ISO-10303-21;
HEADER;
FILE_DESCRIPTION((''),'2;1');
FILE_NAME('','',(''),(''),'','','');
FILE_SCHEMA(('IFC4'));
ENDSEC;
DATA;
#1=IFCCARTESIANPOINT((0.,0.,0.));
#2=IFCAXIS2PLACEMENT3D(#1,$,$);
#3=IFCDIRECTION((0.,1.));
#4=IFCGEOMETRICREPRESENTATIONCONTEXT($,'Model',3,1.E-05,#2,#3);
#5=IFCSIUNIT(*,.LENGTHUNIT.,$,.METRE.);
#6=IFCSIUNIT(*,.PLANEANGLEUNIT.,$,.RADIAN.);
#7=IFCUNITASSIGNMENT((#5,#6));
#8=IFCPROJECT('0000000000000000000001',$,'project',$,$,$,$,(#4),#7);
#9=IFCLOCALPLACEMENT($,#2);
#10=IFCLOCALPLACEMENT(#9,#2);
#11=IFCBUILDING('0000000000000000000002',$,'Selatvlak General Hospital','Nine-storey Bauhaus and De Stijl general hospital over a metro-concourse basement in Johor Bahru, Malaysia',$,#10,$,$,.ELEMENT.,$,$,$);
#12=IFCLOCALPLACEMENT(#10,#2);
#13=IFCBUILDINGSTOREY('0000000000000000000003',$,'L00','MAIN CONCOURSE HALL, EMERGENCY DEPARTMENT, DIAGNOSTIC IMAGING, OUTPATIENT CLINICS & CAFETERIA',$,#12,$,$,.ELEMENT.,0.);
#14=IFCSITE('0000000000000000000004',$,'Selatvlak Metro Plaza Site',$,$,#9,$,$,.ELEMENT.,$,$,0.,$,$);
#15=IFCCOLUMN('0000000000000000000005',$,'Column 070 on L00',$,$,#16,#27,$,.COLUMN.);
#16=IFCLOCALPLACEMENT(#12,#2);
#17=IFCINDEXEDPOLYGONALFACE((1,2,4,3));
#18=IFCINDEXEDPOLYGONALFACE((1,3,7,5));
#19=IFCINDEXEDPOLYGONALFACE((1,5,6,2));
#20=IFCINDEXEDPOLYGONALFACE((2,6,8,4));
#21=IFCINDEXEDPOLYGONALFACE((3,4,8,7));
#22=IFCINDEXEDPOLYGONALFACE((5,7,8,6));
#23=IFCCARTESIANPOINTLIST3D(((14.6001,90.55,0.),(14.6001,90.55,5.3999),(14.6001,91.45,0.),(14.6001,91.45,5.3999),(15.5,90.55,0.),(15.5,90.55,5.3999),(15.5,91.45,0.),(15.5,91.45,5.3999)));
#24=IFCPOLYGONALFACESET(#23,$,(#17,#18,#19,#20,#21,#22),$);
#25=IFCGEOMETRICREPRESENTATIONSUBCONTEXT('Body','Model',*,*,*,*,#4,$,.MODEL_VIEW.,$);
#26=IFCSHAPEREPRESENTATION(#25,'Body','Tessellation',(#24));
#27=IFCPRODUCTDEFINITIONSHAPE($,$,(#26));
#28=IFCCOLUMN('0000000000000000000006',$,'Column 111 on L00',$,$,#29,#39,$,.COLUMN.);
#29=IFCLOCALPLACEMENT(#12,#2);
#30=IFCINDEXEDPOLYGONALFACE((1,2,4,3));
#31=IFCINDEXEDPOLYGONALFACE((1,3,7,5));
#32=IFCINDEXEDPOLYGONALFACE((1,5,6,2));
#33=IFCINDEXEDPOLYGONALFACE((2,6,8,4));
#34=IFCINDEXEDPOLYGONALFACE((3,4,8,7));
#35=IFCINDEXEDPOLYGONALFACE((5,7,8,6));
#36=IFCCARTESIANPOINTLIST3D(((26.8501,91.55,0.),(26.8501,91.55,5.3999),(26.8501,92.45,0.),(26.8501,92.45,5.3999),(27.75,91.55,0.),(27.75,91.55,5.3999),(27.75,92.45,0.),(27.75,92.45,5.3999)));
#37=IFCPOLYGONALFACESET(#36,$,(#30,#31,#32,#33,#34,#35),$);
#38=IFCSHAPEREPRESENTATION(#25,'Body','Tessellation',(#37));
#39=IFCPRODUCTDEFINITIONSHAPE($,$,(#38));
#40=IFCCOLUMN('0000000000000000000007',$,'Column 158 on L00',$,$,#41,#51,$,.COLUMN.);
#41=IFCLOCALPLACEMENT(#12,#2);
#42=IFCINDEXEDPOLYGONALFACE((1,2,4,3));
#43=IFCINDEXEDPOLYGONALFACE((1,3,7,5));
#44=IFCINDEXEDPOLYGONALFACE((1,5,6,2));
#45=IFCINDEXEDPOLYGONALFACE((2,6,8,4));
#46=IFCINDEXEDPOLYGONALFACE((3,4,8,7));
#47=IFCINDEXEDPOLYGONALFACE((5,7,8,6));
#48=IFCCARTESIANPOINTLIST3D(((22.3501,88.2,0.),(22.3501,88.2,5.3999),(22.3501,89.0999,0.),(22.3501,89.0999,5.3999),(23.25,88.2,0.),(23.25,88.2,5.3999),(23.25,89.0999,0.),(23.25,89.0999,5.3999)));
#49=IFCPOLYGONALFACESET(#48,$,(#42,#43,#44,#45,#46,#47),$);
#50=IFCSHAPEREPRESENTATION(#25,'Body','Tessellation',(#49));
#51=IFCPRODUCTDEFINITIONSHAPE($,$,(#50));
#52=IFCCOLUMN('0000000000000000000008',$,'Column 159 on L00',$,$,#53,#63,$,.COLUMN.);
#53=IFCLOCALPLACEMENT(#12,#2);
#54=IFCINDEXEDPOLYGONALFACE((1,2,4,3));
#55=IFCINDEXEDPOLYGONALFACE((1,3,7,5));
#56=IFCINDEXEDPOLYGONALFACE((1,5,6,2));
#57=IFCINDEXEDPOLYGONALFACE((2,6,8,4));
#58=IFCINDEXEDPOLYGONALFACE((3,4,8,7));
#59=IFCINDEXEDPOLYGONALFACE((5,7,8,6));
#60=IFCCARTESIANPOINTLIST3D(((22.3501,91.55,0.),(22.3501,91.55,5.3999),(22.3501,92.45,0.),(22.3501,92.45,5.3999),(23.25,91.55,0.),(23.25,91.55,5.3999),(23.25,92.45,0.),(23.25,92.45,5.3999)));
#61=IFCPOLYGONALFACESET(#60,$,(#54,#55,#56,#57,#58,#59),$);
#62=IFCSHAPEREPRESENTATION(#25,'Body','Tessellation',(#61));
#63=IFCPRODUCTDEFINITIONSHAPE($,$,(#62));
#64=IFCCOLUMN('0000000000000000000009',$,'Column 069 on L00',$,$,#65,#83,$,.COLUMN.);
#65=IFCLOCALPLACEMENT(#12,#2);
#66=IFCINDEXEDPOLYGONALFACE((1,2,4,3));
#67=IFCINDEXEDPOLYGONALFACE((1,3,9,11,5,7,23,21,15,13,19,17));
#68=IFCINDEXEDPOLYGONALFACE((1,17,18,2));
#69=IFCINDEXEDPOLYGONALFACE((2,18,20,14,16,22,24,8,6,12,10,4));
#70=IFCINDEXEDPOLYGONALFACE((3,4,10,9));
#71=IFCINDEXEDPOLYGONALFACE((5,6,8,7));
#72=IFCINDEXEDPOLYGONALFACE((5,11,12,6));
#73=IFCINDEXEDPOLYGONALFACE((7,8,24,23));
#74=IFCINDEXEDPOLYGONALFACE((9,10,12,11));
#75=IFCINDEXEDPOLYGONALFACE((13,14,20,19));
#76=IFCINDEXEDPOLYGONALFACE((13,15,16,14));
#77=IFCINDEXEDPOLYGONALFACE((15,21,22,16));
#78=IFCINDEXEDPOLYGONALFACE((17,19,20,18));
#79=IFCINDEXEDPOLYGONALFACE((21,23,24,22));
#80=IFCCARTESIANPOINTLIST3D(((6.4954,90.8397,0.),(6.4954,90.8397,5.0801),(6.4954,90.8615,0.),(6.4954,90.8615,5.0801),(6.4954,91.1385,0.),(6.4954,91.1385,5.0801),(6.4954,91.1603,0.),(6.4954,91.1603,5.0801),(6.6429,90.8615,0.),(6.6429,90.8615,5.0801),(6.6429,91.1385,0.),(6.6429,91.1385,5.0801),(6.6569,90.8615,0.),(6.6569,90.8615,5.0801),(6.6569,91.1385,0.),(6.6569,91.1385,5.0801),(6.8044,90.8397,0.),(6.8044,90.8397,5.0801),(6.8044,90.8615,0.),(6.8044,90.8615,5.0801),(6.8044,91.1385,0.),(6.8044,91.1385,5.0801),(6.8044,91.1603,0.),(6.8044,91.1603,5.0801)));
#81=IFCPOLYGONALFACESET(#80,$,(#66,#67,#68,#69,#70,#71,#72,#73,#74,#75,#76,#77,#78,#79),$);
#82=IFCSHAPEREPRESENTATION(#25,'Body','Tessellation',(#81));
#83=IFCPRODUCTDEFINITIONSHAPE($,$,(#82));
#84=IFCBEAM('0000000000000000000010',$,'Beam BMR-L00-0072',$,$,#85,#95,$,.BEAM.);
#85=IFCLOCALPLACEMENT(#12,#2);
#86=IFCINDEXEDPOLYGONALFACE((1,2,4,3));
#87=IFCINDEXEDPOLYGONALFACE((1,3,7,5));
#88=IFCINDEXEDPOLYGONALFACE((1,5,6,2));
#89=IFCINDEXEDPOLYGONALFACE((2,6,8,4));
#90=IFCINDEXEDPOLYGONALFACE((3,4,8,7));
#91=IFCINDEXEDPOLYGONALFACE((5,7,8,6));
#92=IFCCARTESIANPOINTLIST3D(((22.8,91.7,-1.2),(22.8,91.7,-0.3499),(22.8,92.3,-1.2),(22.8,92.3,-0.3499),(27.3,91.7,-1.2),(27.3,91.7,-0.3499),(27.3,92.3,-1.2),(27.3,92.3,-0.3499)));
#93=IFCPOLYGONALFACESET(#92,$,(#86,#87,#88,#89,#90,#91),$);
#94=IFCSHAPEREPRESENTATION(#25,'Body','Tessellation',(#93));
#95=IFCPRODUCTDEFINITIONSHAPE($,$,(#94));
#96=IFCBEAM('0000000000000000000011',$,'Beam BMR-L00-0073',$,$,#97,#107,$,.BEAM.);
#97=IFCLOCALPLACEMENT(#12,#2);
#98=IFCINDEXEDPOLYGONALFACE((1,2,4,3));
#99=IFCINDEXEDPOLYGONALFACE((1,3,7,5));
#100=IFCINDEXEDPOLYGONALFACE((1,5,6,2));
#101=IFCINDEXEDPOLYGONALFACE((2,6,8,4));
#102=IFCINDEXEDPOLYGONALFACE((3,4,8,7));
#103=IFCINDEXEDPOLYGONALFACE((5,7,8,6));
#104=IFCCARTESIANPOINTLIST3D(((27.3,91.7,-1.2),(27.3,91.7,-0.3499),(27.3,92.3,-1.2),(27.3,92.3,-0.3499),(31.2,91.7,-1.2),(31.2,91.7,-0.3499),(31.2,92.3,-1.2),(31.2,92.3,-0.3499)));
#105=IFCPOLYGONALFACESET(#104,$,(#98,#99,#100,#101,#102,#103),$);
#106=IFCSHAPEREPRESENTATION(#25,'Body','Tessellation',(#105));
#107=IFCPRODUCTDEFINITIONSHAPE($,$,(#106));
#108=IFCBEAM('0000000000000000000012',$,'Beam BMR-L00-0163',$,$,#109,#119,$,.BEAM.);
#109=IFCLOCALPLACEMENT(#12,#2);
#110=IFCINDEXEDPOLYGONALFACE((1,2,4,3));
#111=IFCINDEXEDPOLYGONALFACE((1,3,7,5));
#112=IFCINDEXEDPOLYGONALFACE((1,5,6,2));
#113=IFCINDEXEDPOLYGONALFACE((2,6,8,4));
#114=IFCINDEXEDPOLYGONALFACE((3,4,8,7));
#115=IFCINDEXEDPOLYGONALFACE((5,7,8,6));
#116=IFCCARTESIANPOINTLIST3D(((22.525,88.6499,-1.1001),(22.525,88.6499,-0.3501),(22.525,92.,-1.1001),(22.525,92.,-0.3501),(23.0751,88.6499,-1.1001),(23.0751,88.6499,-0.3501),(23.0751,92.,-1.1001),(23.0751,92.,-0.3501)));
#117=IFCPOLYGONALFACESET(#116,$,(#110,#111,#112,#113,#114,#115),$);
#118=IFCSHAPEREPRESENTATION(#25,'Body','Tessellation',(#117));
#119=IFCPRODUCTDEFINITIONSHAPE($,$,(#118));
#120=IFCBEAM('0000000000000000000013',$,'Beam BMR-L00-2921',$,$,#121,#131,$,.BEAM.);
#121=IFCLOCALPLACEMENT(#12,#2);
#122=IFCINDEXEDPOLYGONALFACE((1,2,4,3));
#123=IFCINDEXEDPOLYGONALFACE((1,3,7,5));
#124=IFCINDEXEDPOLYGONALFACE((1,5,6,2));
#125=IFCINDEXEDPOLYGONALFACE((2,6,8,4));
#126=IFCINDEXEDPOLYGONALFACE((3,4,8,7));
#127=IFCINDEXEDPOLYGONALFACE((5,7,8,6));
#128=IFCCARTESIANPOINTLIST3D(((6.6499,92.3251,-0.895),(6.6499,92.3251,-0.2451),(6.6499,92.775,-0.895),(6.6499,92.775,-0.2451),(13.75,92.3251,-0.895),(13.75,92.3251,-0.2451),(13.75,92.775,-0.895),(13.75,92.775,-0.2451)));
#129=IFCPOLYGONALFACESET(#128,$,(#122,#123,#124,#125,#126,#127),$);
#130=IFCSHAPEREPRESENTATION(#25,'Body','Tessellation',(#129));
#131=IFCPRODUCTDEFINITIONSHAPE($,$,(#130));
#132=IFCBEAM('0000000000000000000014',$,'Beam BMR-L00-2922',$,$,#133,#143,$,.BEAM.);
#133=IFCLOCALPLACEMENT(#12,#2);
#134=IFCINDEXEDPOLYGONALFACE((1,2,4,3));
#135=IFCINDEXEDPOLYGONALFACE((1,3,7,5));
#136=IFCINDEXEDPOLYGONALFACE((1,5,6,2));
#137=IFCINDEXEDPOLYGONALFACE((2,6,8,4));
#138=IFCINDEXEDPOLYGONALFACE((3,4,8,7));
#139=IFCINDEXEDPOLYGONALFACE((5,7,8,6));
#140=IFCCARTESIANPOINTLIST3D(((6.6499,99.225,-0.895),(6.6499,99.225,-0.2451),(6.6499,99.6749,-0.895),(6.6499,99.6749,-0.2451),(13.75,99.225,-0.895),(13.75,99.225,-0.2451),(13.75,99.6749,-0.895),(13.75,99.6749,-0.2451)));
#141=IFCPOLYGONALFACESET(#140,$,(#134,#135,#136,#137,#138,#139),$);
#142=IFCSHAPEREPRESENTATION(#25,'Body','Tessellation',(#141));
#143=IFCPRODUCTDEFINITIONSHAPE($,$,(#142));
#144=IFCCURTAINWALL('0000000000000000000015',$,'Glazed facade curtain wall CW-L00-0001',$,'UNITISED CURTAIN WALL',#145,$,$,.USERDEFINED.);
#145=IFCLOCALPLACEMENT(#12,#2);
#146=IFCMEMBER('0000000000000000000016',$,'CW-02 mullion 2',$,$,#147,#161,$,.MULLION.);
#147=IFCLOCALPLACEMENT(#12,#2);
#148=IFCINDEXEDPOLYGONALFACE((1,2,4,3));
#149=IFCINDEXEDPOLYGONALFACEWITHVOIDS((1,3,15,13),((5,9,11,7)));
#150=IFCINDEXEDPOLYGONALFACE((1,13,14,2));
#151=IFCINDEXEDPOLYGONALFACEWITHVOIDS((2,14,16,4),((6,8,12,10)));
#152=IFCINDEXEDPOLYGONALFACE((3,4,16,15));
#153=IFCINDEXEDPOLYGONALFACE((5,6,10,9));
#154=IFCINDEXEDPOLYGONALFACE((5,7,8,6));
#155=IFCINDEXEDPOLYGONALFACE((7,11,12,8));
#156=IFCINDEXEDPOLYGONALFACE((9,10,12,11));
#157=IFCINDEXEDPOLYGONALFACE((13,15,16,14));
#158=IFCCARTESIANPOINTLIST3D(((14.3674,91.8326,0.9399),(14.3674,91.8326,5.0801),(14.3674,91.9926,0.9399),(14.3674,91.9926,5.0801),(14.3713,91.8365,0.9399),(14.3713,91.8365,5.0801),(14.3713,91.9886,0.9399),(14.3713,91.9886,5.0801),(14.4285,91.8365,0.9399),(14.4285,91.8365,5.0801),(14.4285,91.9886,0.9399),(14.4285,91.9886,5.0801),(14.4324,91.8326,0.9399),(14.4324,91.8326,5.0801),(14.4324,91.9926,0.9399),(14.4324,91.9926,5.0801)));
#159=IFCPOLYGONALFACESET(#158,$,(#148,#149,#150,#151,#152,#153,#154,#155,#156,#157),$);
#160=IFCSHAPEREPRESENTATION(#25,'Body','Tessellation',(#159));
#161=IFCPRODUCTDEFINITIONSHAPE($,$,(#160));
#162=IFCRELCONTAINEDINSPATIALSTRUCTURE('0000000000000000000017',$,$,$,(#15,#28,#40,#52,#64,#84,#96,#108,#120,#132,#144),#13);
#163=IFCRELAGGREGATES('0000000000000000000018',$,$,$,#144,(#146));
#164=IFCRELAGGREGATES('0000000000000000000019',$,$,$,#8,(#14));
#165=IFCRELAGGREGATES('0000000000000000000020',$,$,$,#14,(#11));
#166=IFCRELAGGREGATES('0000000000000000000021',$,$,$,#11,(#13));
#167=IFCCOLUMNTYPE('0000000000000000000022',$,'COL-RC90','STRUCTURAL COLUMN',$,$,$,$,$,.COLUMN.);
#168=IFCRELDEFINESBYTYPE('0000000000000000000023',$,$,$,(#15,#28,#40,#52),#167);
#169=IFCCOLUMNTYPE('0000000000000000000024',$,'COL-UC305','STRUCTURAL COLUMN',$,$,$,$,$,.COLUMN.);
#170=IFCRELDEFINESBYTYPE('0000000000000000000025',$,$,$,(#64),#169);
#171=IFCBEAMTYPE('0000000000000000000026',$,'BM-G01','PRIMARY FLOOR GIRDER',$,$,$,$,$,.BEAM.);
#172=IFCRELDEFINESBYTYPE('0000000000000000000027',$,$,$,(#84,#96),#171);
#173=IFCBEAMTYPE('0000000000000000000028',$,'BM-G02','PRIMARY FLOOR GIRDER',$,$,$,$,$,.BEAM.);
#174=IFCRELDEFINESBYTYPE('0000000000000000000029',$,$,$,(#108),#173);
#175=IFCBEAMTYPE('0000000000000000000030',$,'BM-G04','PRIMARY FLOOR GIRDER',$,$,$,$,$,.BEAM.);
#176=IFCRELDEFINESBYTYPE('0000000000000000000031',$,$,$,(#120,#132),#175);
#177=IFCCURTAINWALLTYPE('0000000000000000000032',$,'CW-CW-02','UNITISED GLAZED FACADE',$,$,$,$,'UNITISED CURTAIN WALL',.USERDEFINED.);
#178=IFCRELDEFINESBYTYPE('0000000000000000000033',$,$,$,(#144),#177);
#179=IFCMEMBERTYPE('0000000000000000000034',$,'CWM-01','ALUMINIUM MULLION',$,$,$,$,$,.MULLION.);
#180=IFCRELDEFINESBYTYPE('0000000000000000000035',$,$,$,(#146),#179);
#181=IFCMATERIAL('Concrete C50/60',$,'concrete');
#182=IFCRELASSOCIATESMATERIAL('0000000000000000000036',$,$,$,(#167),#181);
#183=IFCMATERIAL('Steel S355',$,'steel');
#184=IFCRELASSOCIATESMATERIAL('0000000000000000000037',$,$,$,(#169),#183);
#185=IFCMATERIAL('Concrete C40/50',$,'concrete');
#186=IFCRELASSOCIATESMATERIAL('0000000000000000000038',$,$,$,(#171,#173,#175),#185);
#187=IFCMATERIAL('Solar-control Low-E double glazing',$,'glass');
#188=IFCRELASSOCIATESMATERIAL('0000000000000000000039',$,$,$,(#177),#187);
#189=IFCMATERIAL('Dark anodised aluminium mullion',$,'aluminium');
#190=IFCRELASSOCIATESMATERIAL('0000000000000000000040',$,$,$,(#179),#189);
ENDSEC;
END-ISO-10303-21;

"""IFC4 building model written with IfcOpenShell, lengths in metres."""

from ifc_helpers import new_model, si_unit, direction, frame, origin, origin_2d, place, context, subcontext, project, spatial, rectangle, hollow_rectangle, i_section, extrude, material, material_profile, profile_set, type_object, element, aggregate, save


model = new_model("IFC4")

# Units and contexts
model_context = context("Model", 3, precision=1e-05, world=origin(), true_north=direction((0.0, 1.0)))
body_context = subcontext(model_context, "Body", "Model", "MODEL_VIEW")
ifc_project = project(units=[si_unit("LENGTHUNIT", "METRE"), si_unit("PLANEANGLEUNIT", "RADIAN")], contexts=[model_context])

# Site, building, storey
site_placement = place(None, origin())
site = spatial("IfcSite", under=ifc_project, at=site_placement, Name="Selatvlak Metro Plaza Site", CompositionType="ELEMENT", RefElevation=0.0)
building_placement = place(site_placement, origin())
building = spatial("IfcBuilding", under=site, at=building_placement, Name="Selatvlak General Hospital", Description="Nine-storey Bauhaus and De Stijl general hospital over a metro-concourse basement in Johor Bahru, Malaysia", CompositionType="ELEMENT")
storey_placement = place(building_placement, origin())
storey = spatial("IfcBuildingStorey", under=building, at=storey_placement, Name="L00", Description="MAIN CONCOURSE HALL, EMERGENCY DEPARTMENT, DIAGNOSTIC IMAGING, OUTPATIENT CLINICS & CAFETERIA", CompositionType="ELEMENT", Elevation=0.0)

# Columns
ifc_material_1 = material(Name="Concrete C50/60", Category="concrete")
ifc_material_profile_1 = material_profile(ifc_material_1, rectangle(XDim=0.8999, YDim=0.8999, at=origin_2d()), Name="RC-COL 900x900")
ifc_profile_set_1 = profile_set([ifc_material_profile_1], Name="Concrete C50/60")
column_type_1 = type_object("IfcColumnType", Name="COL-RC90", Description="STRUCTURAL COLUMN", PredefinedType="COLUMN", material=ifc_profile_set_1)
for number, where, z_axis, x_axis, name in (
    (1, (15.05, 91.0, 0.0), (0.0, 0.0, 1.0), (1.0, 0.0, 0.0), "Column 070 on L00"),
    (2, (27.3, 92.0, 0.0), (0.0, 0.0, 1.0), (1.0, 0.0, 0.0), "Column 111 on L00"),
    (3, (22.8, 88.6499, 0.0), (0.0, 0.0, 1.0), (1.0, 0.0, 0.0), "Column 158 on L00"),
    (4, (22.8, 92.0, 0.0), (0.0, 0.0, 1.0), (1.0, 0.0, 0.0), "Column 159 on L00"),
):
    element("IfcColumn", number, at=place(storey_placement, frame(where, z_axis=z_axis, x_axis=x_axis)), inside=storey, type_object=column_type_1, Name=name, PredefinedType="COLUMN", context=body_context, shape_type="SweptSolid", body=[
        extrude(rectangle(XDim=0.8999, YDim=0.8999, at=origin_2d()), origin(), (0.0, 0.0, 1.0), 5.3999),
    ])
ifc_material_2 = material(Name="Steel S355", Category="steel")
ifc_material_profile_2 = material_profile(ifc_material_2, i_section(OverallWidth=0.3091, OverallDepth=0.3206, WebThickness=0.0139, FlangeThickness=0.0217, at=origin_2d()), Name="UC 305x305x137")
ifc_profile_set_2 = profile_set([ifc_material_profile_2], Name="Steel S355")
column_type_2 = type_object("IfcColumnType", Name="COL-UC305", Description="STRUCTURAL COLUMN", PredefinedType="COLUMN", material=ifc_profile_set_2)
column_placement = place(storey_placement, frame((6.6499, 91.0, 0.0), z_axis=(0.0, 0.0, 1.0), x_axis=(1.0, 0.0, 0.0)))
element("IfcColumn", 5, at=column_placement, inside=storey, type_object=column_type_2, Name="Column 069 on L00", PredefinedType="COLUMN", context=body_context, shape_type="SweptSolid", body=[
    extrude(i_section(OverallWidth=0.3091, OverallDepth=0.3206, WebThickness=0.0139, FlangeThickness=0.0217, at=origin_2d()), origin(), (0.0, 0.0, 1.0), 5.0801),
])

# Beams
ifc_material_3 = material(Name="Concrete C40/50", Category="concrete")
ifc_material_profile_3 = material_profile(ifc_material_3, rectangle(XDim=0.6001, YDim=0.8501, at=origin_2d()), Name="RC-BM 600x850")
ifc_profile_set_3 = profile_set([ifc_material_profile_3], Name="Concrete C40/50")
beam_type_1 = type_object("IfcBeamType", Name="BM-G01", Description="PRIMARY FLOOR GIRDER", PredefinedType="BEAM", material=ifc_profile_set_3)
beam_1_placement = place(storey_placement, frame((22.8, 92.0, -0.7749), z_axis=(1.0, 0.0, 0.0), x_axis=(0.0, 1.0, 0.0)))
element("IfcBeam", 6, at=beam_1_placement, inside=storey, type_object=beam_type_1, Name="Beam BMR-L00-0072", PredefinedType="BEAM", context=body_context, shape_type="SweptSolid", body=[
    extrude(rectangle(XDim=0.6001, YDim=0.8501, at=origin_2d()), origin(), (0.0, 0.0, 1.0), 4.5),
])
beam_2_placement = place(storey_placement, frame((27.3, 92.0, -0.7749), z_axis=(1.0, 0.0, 0.0), x_axis=(0.0, 1.0, 0.0)))
element("IfcBeam", 7, at=beam_2_placement, inside=storey, type_object=beam_type_1, Name="Beam BMR-L00-0073", PredefinedType="BEAM", context=body_context, shape_type="SweptSolid", body=[
    extrude(rectangle(XDim=0.6001, YDim=0.8501, at=origin_2d()), origin(), (0.0, 0.0, 1.0), 3.8999),
])
ifc_material_profile_4 = material_profile(ifc_material_3, rectangle(XDim=0.55, YDim=0.75, at=origin_2d()), Name="RC-BM 550x750")
ifc_profile_set_4 = profile_set([ifc_material_profile_4], Name="Concrete C40/50")
beam_type_2 = type_object("IfcBeamType", Name="BM-G02", Description="PRIMARY FLOOR GIRDER", PredefinedType="BEAM", material=ifc_profile_set_4)
beam_3_placement = place(storey_placement, frame((22.8, 88.6499, -0.7251), z_axis=(0.0, 1.0, 0.0), x_axis=(-1.0, 0.0, 0.0)))
element("IfcBeam", 8, at=beam_3_placement, inside=storey, type_object=beam_type_2, Name="Beam BMR-L00-0163", PredefinedType="BEAM", context=body_context, shape_type="SweptSolid", body=[
    extrude(rectangle(XDim=0.55, YDim=0.75, at=origin_2d()), origin(), (0.0, 0.0, 1.0), 3.3501),
])
ifc_material_profile_5 = material_profile(ifc_material_3, rectangle(XDim=0.45, YDim=0.6499, at=origin_2d()), Name="RC-BM 450x650")
ifc_profile_set_5 = profile_set([ifc_material_profile_5], Name="Concrete C40/50")
beam_type_3 = type_object("IfcBeamType", Name="BM-G04", Description="PRIMARY FLOOR GIRDER", PredefinedType="BEAM", material=ifc_profile_set_5)
for number, where, z_axis, x_axis, name in (
    (9, (6.6499, 92.55, -0.5701), (1.0, 0.0, 0.0), (0.0, 1.0, 0.0), "Beam BMR-L00-2921"),
    (10, (6.6499, 99.45, -0.5701), (1.0, 0.0, 0.0), (0.0, 1.0, 0.0), "Beam BMR-L00-2922"),
):
    element("IfcBeam", number, at=place(storey_placement, frame(where, z_axis=z_axis, x_axis=x_axis)), inside=storey, type_object=beam_type_3, Name=name, PredefinedType="BEAM", context=body_context, shape_type="SweptSolid", body=[
        extrude(rectangle(XDim=0.45, YDim=0.6499, at=origin_2d()), origin(), (0.0, 0.0, 1.0), 7.1001),
    ])

# Curtain wall, member
ifc_material_4 = material(Name="Solar-control Low-E double glazing", Category="glass")
curtain_wall_type = type_object("IfcCurtainWallType", Name="CW-CW-02", Description="UNITISED GLAZED FACADE", ElementType="UNITISED CURTAIN WALL", PredefinedType="USERDEFINED", material=ifc_material_4)
curtain_wall_placement = place(storey_placement, origin())
curtain_wall = element("IfcCurtainWall", 11, at=curtain_wall_placement, inside=storey, type_object=curtain_wall_type, Name="Glazed facade curtain wall CW-L00-0001", ObjectType="UNITISED CURTAIN WALL", PredefinedType="USERDEFINED")
ifc_material_5 = material(Name="Dark anodised aluminium mullion", Category="aluminium")
ifc_material_profile_6 = material_profile(ifc_material_5, hollow_rectangle(XDim=0.0649, YDim=0.1599, WallThickness=0.0039, at=origin_2d()), Name="AL-MUL 65x160x4")
ifc_profile_set_6 = profile_set([ifc_material_profile_6], Name="Dark anodised aluminium mullion")
member_type_1 = type_object("IfcMemberType", Name="CWM-01", Description="ALUMINIUM MULLION", PredefinedType="MULLION", material=ifc_profile_set_6)
member_1_placement = place(storey_placement, frame((14.3999, 91.9126, 0.9399), z_axis=(0.0, 0.0, 1.0), x_axis=(-1.0, 0.0, 0.0)))
member_1 = element("IfcMember", 12, at=member_1_placement, type_object=member_type_1, Name="CW-02 mullion 2", PredefinedType="MULLION", context=body_context, shape_type="SweptSolid", body=[
    extrude(hollow_rectangle(XDim=0.0649, YDim=0.1599, WallThickness=0.0039, at=origin_2d()), origin(), (0.0, 0.0, 1.0), 4.1401),
])

aggregate(curtain_wall, [member_1])

save(model, "model.ifc")
